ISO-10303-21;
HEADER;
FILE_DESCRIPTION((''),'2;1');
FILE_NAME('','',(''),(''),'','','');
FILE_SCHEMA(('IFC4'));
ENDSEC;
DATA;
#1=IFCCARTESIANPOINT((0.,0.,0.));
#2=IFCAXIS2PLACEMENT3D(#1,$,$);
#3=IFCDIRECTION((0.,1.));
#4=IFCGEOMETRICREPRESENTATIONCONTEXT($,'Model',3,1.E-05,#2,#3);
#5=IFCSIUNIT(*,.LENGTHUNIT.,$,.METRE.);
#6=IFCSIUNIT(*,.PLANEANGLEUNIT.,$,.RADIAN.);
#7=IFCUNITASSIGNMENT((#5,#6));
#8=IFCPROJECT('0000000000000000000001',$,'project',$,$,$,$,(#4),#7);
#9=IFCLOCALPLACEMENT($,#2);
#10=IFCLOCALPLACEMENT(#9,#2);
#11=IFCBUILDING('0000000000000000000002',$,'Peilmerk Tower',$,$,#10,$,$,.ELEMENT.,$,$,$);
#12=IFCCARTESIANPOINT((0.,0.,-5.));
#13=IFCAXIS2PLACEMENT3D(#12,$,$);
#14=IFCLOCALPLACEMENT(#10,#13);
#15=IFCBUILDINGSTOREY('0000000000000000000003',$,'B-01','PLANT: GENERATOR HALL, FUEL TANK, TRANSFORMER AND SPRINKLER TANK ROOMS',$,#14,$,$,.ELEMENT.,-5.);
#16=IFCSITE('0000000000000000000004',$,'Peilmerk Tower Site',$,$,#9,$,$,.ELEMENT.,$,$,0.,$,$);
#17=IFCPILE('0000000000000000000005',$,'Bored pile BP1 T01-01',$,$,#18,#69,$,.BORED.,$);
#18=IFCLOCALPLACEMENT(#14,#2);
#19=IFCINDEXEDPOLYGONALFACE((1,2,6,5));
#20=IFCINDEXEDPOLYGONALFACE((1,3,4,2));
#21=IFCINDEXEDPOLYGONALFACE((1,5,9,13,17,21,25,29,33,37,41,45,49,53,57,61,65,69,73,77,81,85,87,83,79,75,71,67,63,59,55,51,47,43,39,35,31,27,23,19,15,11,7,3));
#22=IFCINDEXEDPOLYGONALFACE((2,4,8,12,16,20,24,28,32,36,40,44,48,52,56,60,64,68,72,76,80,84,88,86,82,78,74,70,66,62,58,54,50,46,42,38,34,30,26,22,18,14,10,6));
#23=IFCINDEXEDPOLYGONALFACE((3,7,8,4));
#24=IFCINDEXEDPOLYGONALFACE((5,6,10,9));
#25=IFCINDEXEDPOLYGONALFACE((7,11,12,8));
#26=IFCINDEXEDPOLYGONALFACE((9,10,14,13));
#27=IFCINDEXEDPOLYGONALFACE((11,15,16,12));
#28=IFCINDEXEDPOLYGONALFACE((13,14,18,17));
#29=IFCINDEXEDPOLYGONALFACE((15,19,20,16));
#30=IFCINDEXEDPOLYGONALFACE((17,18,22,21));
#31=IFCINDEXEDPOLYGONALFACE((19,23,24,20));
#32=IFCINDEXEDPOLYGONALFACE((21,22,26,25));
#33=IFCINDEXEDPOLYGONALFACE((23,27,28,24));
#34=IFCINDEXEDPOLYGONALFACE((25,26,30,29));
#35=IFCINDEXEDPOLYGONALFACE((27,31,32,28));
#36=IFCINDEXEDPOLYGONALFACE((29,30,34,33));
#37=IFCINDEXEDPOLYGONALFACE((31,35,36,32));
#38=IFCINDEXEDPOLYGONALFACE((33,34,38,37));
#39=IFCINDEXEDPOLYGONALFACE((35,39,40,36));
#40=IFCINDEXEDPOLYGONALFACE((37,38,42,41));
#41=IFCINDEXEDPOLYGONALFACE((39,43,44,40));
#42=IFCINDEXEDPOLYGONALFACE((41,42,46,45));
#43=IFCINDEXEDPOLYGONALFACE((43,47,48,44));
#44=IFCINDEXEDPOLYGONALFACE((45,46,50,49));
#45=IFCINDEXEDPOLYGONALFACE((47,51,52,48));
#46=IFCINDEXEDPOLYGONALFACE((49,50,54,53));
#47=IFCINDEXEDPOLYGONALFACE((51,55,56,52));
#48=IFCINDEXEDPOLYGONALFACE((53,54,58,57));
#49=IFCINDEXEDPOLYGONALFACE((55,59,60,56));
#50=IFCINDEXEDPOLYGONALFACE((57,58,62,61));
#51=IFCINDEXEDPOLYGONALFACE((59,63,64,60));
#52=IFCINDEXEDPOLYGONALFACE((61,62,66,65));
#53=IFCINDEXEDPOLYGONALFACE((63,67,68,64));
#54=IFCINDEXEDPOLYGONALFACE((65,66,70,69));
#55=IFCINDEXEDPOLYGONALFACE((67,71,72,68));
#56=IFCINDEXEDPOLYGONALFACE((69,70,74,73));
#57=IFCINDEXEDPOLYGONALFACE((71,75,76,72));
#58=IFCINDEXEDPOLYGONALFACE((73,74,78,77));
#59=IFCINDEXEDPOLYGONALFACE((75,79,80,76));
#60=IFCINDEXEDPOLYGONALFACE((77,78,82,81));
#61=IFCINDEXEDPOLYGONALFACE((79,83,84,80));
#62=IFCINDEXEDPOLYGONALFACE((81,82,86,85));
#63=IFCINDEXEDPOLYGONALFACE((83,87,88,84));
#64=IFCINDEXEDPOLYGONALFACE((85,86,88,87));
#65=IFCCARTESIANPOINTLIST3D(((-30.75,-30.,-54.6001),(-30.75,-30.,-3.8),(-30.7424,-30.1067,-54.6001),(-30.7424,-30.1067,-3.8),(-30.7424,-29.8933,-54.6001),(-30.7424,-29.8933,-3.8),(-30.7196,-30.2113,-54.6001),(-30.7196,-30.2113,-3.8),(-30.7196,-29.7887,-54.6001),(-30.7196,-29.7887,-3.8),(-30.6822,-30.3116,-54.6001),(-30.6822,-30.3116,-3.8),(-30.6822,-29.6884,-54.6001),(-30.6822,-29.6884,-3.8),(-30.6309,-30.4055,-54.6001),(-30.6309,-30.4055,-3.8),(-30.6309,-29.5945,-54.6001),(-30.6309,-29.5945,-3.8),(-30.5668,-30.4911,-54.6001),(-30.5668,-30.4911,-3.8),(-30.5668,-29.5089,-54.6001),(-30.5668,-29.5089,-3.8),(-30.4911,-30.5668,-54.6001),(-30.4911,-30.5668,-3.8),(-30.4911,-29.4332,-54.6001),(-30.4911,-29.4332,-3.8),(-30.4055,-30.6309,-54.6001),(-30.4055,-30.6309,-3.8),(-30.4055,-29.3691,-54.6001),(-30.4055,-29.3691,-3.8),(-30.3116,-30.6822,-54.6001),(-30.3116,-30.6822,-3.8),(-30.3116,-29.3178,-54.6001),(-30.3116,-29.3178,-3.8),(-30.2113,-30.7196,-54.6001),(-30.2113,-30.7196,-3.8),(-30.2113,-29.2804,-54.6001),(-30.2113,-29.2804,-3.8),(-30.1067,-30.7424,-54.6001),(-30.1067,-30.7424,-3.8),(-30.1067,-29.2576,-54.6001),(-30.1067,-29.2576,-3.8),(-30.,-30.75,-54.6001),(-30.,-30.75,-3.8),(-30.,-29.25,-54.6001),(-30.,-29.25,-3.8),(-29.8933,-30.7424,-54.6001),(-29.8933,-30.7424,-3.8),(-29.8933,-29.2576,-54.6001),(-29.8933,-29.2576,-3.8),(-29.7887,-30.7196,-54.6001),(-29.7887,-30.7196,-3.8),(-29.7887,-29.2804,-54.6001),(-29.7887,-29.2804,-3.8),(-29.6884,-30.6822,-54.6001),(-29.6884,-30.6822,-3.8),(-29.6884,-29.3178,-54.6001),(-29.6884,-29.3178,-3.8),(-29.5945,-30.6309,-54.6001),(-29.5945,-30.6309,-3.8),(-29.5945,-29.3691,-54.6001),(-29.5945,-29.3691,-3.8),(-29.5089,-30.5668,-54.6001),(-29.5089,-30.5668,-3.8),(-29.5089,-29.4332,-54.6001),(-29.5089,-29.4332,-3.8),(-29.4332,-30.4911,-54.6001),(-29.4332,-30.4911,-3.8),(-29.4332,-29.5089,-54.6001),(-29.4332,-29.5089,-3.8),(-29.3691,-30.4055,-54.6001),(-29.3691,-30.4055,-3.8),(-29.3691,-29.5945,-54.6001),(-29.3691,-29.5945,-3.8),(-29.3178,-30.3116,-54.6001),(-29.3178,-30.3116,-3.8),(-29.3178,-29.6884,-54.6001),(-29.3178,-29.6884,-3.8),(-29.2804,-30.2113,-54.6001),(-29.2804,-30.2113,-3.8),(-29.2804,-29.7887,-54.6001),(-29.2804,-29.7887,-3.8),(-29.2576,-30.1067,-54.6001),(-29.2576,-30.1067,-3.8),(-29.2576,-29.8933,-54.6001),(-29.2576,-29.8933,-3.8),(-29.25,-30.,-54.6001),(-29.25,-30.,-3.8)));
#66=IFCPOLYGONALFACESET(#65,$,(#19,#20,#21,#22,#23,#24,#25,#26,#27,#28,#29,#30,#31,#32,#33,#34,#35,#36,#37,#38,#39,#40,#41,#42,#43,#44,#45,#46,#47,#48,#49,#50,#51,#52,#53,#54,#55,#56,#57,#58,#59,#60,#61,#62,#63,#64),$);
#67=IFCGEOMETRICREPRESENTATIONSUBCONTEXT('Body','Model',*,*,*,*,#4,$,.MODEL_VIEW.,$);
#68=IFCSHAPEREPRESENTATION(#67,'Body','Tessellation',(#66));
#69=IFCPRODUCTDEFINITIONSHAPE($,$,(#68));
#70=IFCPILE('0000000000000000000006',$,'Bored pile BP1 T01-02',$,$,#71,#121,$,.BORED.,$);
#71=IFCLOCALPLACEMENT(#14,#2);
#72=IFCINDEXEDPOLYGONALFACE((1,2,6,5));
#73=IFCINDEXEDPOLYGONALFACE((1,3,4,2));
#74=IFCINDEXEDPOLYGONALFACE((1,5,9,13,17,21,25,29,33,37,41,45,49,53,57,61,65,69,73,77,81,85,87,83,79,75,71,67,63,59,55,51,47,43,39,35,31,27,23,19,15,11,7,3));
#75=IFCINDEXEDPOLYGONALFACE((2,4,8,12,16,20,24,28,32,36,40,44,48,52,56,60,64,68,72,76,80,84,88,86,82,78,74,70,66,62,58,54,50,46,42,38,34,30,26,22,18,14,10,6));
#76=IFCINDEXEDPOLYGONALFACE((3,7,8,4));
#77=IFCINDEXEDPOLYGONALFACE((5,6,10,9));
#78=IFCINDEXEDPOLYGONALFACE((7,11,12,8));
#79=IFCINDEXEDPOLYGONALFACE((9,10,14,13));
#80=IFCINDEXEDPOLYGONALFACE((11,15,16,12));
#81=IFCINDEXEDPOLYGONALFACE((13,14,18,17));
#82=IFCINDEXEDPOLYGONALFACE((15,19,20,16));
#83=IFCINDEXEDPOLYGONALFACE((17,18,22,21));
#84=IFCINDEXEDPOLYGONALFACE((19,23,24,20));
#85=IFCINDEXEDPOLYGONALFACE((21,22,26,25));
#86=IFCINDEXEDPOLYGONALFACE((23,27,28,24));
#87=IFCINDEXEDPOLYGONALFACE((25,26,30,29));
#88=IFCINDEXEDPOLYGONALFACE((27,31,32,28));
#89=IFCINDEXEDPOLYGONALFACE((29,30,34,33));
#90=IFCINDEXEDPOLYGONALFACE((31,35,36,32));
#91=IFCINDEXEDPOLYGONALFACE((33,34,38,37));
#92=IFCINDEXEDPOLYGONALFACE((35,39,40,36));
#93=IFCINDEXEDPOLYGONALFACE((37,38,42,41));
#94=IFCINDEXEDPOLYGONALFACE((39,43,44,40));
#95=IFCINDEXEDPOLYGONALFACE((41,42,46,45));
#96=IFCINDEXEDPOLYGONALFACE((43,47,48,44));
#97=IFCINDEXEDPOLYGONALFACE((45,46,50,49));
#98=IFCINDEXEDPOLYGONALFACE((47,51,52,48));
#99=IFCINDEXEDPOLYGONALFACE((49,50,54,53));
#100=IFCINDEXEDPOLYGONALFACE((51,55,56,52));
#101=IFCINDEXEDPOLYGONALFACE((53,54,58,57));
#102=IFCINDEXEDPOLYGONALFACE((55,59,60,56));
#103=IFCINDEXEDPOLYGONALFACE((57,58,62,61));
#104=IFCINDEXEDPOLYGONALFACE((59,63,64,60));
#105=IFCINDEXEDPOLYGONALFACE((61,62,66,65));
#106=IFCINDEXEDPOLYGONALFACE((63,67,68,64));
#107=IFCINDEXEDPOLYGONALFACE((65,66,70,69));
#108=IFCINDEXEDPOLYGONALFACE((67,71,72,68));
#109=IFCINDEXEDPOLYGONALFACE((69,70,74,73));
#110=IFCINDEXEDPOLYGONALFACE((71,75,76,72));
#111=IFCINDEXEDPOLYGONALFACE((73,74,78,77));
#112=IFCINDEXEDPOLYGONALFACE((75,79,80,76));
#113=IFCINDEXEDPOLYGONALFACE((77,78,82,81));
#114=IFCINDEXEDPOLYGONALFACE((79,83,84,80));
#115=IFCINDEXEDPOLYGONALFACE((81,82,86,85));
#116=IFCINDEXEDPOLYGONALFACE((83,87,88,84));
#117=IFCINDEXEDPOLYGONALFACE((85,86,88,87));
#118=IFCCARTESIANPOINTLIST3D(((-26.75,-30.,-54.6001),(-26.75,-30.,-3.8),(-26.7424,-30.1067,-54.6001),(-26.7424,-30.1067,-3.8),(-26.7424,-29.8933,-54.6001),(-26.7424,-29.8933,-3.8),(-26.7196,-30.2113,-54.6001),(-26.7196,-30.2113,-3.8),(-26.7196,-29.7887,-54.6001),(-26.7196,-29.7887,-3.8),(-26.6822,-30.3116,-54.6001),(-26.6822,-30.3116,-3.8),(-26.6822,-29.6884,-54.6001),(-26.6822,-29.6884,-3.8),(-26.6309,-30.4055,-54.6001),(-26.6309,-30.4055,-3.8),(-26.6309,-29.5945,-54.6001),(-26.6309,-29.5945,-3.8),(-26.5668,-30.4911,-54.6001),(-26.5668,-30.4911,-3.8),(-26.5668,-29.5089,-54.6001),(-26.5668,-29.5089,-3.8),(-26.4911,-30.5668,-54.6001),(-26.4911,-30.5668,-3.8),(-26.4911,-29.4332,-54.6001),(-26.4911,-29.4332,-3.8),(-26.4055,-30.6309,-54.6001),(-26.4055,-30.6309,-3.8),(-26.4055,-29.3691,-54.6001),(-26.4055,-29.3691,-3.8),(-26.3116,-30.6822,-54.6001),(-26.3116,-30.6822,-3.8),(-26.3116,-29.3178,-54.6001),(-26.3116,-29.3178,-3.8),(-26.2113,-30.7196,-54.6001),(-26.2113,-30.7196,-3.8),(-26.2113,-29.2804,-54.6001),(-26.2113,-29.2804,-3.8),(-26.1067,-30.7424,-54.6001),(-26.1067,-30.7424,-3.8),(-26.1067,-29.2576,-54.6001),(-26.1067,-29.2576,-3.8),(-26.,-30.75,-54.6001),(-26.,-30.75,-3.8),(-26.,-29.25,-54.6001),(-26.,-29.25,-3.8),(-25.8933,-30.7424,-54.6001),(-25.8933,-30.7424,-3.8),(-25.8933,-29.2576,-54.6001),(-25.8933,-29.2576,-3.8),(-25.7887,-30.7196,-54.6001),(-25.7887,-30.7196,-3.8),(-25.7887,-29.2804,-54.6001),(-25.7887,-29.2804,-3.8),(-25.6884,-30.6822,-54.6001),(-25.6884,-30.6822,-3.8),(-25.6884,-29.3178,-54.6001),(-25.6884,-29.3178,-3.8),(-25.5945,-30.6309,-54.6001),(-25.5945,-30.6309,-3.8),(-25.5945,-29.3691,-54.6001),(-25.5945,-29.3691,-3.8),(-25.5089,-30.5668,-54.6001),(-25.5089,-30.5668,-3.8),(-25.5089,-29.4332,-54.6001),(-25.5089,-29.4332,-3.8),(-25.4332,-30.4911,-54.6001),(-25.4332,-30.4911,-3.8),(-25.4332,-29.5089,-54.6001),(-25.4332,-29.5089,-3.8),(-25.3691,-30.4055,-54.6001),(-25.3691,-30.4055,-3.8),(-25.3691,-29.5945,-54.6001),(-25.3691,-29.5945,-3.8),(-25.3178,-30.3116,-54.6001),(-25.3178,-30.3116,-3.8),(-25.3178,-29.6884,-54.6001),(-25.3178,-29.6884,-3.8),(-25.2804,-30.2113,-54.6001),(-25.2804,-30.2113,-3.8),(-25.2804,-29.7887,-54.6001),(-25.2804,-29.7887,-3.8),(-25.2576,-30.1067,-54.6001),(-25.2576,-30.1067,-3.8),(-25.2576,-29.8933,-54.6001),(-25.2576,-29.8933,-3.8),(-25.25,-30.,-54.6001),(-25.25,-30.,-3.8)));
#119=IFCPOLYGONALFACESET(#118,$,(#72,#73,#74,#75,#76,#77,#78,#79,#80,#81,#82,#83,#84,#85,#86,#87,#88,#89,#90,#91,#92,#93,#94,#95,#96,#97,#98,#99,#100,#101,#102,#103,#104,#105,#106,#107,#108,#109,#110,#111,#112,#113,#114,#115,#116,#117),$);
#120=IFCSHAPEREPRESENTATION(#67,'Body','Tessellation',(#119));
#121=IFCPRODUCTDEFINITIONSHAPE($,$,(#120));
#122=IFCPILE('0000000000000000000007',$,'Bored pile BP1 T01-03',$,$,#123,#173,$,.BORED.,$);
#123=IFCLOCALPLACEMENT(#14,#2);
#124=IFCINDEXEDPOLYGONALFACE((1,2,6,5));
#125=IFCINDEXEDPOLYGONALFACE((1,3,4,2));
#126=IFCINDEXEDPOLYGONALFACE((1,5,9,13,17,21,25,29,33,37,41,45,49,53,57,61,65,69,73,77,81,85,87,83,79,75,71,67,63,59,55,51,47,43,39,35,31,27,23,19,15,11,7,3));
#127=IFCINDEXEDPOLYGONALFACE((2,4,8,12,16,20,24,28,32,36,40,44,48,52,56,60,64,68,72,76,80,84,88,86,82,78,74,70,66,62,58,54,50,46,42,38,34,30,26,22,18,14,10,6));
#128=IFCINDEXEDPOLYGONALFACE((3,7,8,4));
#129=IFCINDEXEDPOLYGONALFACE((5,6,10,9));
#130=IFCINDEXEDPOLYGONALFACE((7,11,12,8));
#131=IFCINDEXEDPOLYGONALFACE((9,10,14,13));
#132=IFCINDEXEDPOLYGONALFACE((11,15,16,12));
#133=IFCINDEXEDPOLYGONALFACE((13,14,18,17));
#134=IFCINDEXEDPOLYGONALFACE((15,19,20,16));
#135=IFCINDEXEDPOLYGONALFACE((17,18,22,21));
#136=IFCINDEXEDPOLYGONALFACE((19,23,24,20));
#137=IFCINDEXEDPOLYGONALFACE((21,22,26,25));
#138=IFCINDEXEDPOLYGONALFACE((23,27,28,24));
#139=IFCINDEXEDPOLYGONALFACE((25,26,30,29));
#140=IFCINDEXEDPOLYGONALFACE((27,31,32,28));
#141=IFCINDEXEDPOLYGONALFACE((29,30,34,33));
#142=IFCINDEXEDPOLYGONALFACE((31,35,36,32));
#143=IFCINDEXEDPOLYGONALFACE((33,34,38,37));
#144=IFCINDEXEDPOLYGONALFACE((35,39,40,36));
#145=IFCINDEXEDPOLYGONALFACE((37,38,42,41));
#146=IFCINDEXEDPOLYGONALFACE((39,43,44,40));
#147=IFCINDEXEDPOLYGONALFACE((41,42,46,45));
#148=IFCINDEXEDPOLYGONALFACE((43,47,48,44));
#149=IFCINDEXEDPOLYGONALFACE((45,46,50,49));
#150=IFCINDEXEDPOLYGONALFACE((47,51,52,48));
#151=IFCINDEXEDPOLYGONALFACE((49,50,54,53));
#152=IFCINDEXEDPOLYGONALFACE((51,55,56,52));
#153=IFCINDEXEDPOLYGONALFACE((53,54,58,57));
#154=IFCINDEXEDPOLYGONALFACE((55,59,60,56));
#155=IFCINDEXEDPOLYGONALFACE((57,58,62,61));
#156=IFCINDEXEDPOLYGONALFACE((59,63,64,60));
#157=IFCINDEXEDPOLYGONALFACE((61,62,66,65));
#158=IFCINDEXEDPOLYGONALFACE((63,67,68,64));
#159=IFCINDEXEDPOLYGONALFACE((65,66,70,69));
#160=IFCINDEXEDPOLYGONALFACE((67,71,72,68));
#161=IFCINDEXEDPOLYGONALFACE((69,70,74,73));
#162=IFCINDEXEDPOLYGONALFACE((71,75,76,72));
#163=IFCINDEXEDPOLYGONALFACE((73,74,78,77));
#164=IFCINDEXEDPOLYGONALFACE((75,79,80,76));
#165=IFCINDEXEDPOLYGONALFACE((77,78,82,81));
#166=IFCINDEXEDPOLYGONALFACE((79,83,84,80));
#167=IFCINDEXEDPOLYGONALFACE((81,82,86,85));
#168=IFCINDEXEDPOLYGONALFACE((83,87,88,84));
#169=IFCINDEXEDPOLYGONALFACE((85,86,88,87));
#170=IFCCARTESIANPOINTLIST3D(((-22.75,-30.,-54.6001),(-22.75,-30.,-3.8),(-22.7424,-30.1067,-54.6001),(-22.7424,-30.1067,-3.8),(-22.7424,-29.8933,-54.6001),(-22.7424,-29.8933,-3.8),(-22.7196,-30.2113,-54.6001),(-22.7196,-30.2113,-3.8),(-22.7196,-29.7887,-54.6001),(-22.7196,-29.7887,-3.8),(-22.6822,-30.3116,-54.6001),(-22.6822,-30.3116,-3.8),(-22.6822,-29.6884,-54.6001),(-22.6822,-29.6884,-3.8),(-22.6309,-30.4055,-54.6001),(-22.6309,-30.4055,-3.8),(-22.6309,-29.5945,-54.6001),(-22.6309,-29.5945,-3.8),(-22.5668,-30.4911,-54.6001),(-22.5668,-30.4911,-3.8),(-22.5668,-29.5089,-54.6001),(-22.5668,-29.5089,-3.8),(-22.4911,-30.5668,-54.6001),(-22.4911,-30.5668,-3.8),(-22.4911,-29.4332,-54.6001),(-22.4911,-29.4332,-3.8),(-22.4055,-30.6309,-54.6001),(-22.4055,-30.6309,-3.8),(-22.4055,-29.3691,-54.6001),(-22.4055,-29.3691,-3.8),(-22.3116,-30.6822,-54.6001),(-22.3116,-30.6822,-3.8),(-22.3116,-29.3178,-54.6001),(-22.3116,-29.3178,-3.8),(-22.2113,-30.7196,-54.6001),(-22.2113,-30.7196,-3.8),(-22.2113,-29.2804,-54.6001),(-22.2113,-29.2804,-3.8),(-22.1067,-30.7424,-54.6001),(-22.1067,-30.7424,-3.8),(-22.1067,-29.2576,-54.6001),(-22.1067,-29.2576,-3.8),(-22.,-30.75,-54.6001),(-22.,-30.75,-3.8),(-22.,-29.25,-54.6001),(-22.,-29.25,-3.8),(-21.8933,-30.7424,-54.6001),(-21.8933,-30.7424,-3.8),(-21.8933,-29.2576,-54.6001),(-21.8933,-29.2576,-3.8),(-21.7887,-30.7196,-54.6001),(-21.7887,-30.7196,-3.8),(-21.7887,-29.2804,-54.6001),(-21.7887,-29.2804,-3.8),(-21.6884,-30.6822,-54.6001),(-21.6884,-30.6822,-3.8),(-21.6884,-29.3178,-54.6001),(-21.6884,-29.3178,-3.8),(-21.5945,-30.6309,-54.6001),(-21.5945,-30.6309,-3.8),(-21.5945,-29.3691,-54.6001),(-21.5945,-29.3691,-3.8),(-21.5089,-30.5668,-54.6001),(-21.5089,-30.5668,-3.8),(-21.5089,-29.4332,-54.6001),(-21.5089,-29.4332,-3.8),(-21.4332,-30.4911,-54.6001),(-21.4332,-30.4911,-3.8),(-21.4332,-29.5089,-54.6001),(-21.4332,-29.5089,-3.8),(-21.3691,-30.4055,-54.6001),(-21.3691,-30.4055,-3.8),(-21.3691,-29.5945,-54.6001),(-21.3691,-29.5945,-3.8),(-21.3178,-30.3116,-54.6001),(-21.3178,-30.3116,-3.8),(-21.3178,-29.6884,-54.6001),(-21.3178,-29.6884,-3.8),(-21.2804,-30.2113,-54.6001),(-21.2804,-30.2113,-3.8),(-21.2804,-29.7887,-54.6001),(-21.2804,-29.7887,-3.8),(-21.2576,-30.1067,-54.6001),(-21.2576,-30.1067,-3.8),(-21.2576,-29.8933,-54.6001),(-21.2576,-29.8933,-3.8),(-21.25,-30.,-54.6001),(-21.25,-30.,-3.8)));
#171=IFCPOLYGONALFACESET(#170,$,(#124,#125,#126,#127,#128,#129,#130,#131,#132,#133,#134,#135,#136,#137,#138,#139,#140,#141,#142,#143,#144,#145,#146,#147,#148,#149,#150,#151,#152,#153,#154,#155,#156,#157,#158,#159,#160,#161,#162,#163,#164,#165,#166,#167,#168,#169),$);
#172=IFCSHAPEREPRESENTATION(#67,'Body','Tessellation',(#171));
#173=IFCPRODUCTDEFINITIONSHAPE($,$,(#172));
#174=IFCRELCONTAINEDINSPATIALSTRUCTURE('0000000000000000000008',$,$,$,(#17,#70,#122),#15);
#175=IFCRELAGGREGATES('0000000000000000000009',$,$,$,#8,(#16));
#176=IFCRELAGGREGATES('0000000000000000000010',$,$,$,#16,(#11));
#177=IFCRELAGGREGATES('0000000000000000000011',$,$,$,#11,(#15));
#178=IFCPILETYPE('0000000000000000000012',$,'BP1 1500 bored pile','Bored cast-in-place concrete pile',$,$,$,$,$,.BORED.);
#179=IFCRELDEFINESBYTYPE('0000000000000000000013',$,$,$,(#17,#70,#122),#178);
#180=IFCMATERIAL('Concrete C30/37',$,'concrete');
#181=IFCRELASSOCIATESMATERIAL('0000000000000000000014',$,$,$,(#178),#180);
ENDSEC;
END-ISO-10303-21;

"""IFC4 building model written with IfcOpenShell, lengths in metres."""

from ifc_helpers import new_model, si_unit, direction, frame, origin, origin_2d, place, context, subcontext, project, spatial, circle, extrude, material, material_profile, profile_set, type_object, element, save


model = new_model("IFC4")

# Units and contexts
model_context = context("Model", 3, precision=1e-05, world=origin(), true_north=direction((0.0, 1.0)))
body_context = subcontext(model_context, "Body", "Model", "MODEL_VIEW")
ifc_project = project(units=[si_unit("LENGTHUNIT", "METRE"), si_unit("PLANEANGLEUNIT", "RADIAN")], contexts=[model_context])

# Site, building, storey
site_placement = place(None, origin())
site = spatial("IfcSite", under=ifc_project, at=site_placement, Name="Peilmerk Tower Site", CompositionType="ELEMENT", RefElevation=0.0)
building_placement = place(site_placement, origin())
building = spatial("IfcBuilding", under=site, at=building_placement, Name="Peilmerk Tower", CompositionType="ELEMENT")
storey_placement = place(building_placement, frame((0.0, 0.0, -5.0)))
storey = spatial("IfcBuildingStorey", under=building, at=storey_placement, Name="B-01", Description="PLANT: GENERATOR HALL, FUEL TANK, TRANSFORMER AND SPRINKLER TANK ROOMS", CompositionType="ELEMENT", Elevation=-5.0)

# Piles
ifc_material_1 = material(Name="Concrete C30/37", Category="concrete")
ifc_material_profile_1 = material_profile(ifc_material_1, circle(Radius=0.75, at=origin_2d()), Name="BP 1500")
ifc_profile_set_1 = profile_set([ifc_material_profile_1], Name="Concrete C30/37")
pile_type_1 = type_object("IfcPileType", Name="BP1 1500 bored pile", Description="Bored cast-in-place concrete pile", PredefinedType="BORED", material=ifc_profile_set_1)
for number, where, z_axis, x_axis, name in (
    (1, (-30.0, -30.0, -3.8), (0.0, 0.0, -1.0), (1.0, 0.0, 0.0), "Bored pile BP1 T01-01"),
    (2, (-26.0, -30.0, -3.8), (0.0, 0.0, -1.0), (1.0, 0.0, 0.0), "Bored pile BP1 T01-02"),
    (3, (-22.0, -30.0, -3.8), (0.0, 0.0, -1.0), (1.0, 0.0, 0.0), "Bored pile BP1 T01-03"),
):
    element("IfcPile", number, at=place(storey_placement, frame(where, z_axis=z_axis, x_axis=x_axis)), inside=storey, type_object=pile_type_1, Name=name, PredefinedType="BORED", context=body_context, shape_type="SweptSolid", body=[
        extrude(circle(Radius=0.75, at=origin_2d()), origin(), (0.0, 0.0, 1.0), 50.8),
    ])

save(model, "model.ifc")
